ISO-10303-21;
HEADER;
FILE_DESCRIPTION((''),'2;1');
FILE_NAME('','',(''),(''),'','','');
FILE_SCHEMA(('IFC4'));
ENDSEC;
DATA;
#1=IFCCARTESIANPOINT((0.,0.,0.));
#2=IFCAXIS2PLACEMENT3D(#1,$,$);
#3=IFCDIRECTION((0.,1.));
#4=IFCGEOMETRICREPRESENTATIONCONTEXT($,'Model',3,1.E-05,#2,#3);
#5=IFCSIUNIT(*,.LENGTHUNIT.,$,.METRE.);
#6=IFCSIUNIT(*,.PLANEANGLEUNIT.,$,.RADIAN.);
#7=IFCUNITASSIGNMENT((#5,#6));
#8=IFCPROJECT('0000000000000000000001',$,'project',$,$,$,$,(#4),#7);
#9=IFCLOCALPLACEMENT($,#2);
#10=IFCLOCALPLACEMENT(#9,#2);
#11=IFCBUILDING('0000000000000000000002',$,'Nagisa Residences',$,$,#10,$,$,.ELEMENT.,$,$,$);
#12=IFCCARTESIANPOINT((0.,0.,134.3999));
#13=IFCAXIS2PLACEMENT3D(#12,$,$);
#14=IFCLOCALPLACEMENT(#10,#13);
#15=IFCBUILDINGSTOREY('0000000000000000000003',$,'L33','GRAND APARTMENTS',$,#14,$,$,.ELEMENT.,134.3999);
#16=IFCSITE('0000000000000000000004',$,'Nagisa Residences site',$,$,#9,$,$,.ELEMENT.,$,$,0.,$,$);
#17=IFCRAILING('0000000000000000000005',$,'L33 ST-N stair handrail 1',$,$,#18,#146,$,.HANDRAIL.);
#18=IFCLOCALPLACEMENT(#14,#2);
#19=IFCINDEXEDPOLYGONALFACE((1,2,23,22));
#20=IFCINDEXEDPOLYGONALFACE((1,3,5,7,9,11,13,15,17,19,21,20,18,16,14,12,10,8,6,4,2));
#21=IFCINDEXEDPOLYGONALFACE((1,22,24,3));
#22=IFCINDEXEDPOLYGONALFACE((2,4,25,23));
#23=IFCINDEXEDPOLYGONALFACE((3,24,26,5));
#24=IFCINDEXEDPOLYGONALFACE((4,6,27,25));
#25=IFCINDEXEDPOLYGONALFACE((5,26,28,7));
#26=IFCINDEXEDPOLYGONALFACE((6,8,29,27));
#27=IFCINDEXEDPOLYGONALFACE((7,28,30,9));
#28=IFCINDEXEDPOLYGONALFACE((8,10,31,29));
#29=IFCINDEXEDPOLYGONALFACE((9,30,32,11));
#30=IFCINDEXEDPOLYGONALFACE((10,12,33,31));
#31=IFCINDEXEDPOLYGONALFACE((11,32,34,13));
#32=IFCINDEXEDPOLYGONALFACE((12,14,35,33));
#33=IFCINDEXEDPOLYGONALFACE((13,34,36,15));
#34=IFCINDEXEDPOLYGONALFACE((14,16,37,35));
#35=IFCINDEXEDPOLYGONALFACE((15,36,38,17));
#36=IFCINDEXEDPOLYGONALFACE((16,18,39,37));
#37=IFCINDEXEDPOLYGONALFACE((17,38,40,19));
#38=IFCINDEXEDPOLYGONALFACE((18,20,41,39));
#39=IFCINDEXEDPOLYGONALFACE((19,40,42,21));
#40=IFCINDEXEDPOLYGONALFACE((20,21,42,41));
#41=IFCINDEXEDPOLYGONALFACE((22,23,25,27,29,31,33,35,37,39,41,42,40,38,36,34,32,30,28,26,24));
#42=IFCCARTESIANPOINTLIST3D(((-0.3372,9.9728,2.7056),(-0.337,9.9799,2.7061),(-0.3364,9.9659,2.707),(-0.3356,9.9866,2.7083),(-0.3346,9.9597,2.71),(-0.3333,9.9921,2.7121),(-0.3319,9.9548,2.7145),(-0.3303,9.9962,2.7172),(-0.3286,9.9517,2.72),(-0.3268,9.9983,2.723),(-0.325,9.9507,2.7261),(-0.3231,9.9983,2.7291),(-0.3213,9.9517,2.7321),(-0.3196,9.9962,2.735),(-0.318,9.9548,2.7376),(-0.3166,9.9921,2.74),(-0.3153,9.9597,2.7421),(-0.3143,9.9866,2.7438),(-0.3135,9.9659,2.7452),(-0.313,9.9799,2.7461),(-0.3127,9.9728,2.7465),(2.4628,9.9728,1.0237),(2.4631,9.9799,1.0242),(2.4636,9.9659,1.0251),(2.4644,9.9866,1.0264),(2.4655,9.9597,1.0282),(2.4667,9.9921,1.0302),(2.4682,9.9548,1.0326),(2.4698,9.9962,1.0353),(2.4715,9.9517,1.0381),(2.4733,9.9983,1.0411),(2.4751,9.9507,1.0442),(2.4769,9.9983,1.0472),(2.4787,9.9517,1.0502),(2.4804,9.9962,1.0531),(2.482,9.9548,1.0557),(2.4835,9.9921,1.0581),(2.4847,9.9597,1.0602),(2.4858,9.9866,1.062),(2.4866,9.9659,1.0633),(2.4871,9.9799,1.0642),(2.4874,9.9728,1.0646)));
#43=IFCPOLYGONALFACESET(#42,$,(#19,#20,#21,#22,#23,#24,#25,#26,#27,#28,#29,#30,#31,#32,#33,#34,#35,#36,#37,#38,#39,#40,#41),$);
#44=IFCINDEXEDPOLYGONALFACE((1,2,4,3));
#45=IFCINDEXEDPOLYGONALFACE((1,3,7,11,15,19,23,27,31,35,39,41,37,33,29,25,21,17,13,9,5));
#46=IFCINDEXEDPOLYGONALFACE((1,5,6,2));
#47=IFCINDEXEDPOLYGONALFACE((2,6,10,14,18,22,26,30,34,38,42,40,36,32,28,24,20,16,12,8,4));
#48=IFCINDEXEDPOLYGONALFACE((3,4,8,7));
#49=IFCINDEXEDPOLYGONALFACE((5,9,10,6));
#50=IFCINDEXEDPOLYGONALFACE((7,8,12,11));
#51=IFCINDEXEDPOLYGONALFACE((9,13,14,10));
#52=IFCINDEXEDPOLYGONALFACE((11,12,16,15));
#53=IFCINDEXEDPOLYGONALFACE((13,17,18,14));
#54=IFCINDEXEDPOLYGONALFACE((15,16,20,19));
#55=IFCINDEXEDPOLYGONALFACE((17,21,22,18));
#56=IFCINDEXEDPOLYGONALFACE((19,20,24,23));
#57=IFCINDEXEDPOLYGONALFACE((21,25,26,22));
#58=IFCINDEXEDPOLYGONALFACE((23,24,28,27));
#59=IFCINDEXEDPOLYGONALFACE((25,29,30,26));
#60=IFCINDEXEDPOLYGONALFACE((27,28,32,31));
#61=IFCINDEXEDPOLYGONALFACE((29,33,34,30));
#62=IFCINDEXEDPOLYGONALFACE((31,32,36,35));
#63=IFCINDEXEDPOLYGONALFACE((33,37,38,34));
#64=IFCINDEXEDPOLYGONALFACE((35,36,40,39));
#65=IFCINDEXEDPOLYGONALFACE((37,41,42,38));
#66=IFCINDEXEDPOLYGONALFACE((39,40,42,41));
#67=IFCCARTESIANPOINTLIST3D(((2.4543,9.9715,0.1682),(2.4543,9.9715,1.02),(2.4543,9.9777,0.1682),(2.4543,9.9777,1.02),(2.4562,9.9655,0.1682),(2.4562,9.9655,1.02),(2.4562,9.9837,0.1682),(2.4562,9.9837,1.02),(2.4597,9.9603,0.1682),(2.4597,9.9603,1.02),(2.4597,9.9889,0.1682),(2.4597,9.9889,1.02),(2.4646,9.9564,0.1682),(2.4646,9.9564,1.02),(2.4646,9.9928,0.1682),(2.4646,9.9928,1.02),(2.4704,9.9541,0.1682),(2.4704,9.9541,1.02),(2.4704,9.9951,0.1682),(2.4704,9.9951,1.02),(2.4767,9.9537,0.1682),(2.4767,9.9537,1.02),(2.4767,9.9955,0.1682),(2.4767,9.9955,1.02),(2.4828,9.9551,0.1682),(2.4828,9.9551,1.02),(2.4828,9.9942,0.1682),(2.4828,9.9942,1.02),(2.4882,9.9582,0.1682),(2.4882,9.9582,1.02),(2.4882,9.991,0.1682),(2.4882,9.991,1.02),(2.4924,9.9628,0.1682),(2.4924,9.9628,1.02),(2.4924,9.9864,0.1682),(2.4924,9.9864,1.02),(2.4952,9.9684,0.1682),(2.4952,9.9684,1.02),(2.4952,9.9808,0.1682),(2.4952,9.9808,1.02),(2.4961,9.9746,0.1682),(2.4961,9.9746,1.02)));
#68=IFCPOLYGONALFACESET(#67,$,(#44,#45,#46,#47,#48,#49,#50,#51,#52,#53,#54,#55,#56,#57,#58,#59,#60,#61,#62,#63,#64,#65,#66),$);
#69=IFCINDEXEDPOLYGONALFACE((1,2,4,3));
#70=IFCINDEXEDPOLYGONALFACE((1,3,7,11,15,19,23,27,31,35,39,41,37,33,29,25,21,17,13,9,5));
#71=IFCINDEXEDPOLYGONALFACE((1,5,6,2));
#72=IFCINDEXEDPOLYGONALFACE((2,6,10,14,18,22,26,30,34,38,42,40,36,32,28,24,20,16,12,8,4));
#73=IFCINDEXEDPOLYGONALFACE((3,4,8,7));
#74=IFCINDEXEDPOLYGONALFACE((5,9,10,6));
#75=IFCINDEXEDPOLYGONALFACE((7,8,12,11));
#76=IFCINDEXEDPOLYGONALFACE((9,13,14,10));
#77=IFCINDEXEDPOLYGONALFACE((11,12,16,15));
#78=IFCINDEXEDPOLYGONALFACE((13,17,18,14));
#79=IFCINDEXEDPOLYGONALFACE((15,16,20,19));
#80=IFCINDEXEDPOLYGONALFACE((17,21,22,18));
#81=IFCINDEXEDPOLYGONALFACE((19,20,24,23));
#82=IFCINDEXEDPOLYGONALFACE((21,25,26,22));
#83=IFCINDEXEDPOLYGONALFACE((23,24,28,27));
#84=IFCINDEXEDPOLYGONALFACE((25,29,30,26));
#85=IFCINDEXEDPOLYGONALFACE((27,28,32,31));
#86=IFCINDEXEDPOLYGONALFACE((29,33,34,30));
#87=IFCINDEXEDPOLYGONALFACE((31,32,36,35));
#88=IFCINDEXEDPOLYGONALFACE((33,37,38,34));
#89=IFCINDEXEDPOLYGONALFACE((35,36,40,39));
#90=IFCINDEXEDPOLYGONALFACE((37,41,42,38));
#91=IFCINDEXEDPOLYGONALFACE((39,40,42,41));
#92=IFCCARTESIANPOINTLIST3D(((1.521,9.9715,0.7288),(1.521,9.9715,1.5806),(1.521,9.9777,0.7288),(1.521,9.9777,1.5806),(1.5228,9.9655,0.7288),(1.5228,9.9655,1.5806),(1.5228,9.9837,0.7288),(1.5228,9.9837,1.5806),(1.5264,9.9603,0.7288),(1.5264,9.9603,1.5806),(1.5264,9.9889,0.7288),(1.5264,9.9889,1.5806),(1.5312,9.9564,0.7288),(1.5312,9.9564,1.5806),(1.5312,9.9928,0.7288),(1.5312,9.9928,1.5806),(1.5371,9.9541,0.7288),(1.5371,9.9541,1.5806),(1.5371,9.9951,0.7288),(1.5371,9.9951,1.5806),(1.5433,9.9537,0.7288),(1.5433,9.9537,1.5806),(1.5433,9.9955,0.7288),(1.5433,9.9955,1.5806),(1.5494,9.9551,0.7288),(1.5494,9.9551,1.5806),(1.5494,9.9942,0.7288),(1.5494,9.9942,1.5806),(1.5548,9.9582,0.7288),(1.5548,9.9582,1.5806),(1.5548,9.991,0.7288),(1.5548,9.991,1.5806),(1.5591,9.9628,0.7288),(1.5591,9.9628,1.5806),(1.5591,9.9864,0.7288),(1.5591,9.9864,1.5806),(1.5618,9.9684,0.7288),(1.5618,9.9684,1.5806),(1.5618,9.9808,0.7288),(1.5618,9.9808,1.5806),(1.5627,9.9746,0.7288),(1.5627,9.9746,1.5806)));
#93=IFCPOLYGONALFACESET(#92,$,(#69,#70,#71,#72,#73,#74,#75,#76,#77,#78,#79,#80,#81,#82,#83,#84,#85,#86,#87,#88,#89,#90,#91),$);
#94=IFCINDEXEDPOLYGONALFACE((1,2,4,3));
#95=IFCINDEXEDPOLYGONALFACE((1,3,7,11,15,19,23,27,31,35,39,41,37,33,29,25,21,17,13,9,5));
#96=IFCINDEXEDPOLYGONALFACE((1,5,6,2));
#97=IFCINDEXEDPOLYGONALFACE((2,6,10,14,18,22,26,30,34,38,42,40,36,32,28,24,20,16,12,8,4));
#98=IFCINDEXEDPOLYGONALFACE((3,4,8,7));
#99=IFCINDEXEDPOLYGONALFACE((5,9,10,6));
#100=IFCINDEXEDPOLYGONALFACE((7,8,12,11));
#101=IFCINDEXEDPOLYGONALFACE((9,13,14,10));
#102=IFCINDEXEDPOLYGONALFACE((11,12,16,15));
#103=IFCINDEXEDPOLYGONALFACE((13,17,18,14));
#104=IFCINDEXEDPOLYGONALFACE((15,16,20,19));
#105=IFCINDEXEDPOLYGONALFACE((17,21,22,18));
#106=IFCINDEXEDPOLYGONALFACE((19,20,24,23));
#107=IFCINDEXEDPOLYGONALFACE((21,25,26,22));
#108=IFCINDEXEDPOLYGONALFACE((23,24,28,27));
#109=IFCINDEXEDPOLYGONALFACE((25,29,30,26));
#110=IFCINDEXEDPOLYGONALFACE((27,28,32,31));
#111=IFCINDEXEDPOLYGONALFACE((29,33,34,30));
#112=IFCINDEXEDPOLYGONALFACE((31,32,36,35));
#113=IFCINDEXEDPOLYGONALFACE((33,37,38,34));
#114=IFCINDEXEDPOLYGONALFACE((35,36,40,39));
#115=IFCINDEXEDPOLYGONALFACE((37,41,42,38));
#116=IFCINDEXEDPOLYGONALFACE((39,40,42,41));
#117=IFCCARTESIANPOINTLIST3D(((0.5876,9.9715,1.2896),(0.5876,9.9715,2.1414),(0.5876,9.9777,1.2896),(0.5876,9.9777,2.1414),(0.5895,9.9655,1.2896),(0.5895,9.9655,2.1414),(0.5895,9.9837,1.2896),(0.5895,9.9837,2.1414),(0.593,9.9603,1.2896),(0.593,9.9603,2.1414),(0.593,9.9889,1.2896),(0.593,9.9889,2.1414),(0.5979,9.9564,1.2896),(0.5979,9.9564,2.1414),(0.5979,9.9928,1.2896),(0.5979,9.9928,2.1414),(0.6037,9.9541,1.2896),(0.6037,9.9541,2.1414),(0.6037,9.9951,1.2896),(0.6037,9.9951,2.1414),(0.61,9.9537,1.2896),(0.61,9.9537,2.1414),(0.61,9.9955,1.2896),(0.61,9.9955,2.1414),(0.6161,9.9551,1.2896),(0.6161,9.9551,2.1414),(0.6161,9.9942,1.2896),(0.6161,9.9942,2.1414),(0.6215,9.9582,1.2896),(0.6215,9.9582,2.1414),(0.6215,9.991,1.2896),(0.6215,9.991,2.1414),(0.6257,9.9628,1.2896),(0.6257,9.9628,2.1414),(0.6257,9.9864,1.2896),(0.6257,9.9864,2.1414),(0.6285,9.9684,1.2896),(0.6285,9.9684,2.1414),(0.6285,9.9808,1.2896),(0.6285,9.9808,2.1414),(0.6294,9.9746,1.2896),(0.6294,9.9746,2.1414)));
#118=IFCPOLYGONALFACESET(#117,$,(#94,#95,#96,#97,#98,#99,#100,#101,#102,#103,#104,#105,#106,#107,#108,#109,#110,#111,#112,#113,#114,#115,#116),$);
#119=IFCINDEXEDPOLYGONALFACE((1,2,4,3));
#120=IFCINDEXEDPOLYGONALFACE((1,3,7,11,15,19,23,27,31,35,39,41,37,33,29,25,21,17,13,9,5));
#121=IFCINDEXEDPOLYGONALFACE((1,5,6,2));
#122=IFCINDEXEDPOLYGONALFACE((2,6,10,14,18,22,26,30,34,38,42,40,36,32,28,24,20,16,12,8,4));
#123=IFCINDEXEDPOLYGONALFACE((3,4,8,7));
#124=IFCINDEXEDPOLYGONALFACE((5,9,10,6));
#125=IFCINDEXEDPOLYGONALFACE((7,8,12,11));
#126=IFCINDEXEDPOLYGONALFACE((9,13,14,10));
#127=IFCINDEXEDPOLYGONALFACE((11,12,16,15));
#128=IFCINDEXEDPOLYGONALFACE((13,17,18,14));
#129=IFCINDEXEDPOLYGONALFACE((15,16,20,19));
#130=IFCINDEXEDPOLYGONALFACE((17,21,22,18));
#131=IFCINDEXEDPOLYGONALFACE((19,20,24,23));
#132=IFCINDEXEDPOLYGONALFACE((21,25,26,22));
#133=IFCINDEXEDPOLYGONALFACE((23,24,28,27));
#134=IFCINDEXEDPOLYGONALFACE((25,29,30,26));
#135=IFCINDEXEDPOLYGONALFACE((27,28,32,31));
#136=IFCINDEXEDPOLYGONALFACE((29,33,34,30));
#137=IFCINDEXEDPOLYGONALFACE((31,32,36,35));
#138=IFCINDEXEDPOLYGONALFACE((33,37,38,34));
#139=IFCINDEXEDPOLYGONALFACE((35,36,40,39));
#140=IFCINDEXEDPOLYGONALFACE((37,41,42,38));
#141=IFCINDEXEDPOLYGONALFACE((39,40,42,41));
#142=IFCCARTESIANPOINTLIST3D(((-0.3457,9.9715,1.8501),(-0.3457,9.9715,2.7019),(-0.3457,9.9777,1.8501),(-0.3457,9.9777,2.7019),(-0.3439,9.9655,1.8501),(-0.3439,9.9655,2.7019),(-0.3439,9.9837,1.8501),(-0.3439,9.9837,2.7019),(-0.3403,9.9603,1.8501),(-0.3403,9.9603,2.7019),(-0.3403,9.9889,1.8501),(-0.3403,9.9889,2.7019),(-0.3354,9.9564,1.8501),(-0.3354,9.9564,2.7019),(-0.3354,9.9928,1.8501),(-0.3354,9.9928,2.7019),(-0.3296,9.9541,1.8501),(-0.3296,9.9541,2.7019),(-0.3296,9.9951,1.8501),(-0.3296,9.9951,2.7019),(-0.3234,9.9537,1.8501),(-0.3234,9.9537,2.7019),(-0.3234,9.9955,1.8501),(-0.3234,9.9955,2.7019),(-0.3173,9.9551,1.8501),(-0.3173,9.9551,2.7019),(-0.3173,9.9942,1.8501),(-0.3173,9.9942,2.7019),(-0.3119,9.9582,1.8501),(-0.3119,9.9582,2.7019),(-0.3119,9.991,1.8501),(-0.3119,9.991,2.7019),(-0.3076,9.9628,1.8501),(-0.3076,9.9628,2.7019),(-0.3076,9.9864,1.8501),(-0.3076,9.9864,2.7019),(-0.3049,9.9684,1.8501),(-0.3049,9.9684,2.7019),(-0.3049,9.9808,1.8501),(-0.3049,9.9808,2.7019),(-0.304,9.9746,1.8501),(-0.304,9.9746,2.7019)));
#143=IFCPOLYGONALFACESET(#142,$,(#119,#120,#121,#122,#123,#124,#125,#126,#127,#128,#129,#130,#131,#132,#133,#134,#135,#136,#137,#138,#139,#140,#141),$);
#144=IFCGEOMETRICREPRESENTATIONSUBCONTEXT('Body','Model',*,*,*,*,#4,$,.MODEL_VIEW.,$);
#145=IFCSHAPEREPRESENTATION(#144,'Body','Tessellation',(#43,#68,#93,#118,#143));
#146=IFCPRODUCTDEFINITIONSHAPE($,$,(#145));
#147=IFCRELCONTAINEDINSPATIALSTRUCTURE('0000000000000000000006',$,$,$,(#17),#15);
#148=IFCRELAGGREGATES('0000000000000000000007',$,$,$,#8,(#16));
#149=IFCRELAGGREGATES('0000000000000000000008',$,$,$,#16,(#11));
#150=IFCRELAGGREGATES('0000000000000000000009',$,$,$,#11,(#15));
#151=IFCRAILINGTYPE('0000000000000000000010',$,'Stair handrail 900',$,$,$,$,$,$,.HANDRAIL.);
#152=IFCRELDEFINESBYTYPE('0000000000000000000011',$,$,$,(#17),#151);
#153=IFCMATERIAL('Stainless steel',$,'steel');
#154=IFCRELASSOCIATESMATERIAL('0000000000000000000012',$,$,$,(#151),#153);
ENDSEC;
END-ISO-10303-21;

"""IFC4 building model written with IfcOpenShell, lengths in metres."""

from ifc_helpers import new_model, si_unit, direction, frame, origin, origin_2d, place, context, subcontext, project, spatial, circle, extrude, material, type_object, element, save


model = new_model("IFC4")

# Units and contexts
model_context = context("Model", 3, precision=1e-05, world=origin(), true_north=direction((0.0, 1.0)))
body_context = subcontext(model_context, "Body", "Model", "MODEL_VIEW")
ifc_project = project(units=[si_unit("LENGTHUNIT", "METRE"), si_unit("PLANEANGLEUNIT", "RADIAN")], contexts=[model_context])

# Site, building, storey
site_placement = place(None, origin())
site = spatial("IfcSite", under=ifc_project, at=site_placement, Name="Nagisa Residences site", CompositionType="ELEMENT", RefElevation=0.0)
building_placement = place(site_placement, origin())
building = spatial("IfcBuilding", under=site, at=building_placement, Name="Nagisa Residences", CompositionType="ELEMENT")
storey_placement = place(building_placement, frame((0.0, 0.0, 134.3999)))
storey = spatial("IfcBuildingStorey", under=building, at=storey_placement, Name="L33", Description="GRAND APARTMENTS", CompositionType="ELEMENT", Elevation=134.3999)

# Railing
ifc_material_1 = material(Name="Stainless steel", Category="steel")
railing_type_1 = type_object("IfcRailingType", Name="Stair handrail 900", PredefinedType="HANDRAIL", material=ifc_material_1)
railing_1_placement = place(storey_placement, frame((2.4751, 9.9746, 0.1682)))
element("IfcRailing", 1, at=railing_1_placement, inside=storey, type_object=railing_type_1, Name="L33 ST-N stair handrail 1", PredefinedType="HANDRAIL", context=body_context, shape_type="SweptSolid", body=[
    extrude(circle(Radius=0.0239, at=origin_2d()), frame((0.0, 0.0, 0.876), z_axis=(-0.857242, 0.0, 0.514913), x_axis=(0.0, -1.0, 0.0)), (0.0, 0.0, 1.0), 3.2664),
    extrude(circle(Radius=0.021, at=origin_2d()), origin(), (0.0, 0.0, 1.0), 0.8518),
    extrude(circle(Radius=0.021, at=origin_2d()), frame((-0.9333, 0.0, 0.5605)), (0.0, 0.0, 1.0), 0.8518),
    extrude(circle(Radius=0.021, at=origin_2d()), frame((-1.8667, 0.0, 1.1213)), (0.0, 0.0, 1.0), 0.8518),
    extrude(circle(Radius=0.021, at=origin_2d()), frame((-2.8, 0.0, 1.6819)), (0.0, 0.0, 1.0), 0.8518),
])

save(model, "model.ifc")
